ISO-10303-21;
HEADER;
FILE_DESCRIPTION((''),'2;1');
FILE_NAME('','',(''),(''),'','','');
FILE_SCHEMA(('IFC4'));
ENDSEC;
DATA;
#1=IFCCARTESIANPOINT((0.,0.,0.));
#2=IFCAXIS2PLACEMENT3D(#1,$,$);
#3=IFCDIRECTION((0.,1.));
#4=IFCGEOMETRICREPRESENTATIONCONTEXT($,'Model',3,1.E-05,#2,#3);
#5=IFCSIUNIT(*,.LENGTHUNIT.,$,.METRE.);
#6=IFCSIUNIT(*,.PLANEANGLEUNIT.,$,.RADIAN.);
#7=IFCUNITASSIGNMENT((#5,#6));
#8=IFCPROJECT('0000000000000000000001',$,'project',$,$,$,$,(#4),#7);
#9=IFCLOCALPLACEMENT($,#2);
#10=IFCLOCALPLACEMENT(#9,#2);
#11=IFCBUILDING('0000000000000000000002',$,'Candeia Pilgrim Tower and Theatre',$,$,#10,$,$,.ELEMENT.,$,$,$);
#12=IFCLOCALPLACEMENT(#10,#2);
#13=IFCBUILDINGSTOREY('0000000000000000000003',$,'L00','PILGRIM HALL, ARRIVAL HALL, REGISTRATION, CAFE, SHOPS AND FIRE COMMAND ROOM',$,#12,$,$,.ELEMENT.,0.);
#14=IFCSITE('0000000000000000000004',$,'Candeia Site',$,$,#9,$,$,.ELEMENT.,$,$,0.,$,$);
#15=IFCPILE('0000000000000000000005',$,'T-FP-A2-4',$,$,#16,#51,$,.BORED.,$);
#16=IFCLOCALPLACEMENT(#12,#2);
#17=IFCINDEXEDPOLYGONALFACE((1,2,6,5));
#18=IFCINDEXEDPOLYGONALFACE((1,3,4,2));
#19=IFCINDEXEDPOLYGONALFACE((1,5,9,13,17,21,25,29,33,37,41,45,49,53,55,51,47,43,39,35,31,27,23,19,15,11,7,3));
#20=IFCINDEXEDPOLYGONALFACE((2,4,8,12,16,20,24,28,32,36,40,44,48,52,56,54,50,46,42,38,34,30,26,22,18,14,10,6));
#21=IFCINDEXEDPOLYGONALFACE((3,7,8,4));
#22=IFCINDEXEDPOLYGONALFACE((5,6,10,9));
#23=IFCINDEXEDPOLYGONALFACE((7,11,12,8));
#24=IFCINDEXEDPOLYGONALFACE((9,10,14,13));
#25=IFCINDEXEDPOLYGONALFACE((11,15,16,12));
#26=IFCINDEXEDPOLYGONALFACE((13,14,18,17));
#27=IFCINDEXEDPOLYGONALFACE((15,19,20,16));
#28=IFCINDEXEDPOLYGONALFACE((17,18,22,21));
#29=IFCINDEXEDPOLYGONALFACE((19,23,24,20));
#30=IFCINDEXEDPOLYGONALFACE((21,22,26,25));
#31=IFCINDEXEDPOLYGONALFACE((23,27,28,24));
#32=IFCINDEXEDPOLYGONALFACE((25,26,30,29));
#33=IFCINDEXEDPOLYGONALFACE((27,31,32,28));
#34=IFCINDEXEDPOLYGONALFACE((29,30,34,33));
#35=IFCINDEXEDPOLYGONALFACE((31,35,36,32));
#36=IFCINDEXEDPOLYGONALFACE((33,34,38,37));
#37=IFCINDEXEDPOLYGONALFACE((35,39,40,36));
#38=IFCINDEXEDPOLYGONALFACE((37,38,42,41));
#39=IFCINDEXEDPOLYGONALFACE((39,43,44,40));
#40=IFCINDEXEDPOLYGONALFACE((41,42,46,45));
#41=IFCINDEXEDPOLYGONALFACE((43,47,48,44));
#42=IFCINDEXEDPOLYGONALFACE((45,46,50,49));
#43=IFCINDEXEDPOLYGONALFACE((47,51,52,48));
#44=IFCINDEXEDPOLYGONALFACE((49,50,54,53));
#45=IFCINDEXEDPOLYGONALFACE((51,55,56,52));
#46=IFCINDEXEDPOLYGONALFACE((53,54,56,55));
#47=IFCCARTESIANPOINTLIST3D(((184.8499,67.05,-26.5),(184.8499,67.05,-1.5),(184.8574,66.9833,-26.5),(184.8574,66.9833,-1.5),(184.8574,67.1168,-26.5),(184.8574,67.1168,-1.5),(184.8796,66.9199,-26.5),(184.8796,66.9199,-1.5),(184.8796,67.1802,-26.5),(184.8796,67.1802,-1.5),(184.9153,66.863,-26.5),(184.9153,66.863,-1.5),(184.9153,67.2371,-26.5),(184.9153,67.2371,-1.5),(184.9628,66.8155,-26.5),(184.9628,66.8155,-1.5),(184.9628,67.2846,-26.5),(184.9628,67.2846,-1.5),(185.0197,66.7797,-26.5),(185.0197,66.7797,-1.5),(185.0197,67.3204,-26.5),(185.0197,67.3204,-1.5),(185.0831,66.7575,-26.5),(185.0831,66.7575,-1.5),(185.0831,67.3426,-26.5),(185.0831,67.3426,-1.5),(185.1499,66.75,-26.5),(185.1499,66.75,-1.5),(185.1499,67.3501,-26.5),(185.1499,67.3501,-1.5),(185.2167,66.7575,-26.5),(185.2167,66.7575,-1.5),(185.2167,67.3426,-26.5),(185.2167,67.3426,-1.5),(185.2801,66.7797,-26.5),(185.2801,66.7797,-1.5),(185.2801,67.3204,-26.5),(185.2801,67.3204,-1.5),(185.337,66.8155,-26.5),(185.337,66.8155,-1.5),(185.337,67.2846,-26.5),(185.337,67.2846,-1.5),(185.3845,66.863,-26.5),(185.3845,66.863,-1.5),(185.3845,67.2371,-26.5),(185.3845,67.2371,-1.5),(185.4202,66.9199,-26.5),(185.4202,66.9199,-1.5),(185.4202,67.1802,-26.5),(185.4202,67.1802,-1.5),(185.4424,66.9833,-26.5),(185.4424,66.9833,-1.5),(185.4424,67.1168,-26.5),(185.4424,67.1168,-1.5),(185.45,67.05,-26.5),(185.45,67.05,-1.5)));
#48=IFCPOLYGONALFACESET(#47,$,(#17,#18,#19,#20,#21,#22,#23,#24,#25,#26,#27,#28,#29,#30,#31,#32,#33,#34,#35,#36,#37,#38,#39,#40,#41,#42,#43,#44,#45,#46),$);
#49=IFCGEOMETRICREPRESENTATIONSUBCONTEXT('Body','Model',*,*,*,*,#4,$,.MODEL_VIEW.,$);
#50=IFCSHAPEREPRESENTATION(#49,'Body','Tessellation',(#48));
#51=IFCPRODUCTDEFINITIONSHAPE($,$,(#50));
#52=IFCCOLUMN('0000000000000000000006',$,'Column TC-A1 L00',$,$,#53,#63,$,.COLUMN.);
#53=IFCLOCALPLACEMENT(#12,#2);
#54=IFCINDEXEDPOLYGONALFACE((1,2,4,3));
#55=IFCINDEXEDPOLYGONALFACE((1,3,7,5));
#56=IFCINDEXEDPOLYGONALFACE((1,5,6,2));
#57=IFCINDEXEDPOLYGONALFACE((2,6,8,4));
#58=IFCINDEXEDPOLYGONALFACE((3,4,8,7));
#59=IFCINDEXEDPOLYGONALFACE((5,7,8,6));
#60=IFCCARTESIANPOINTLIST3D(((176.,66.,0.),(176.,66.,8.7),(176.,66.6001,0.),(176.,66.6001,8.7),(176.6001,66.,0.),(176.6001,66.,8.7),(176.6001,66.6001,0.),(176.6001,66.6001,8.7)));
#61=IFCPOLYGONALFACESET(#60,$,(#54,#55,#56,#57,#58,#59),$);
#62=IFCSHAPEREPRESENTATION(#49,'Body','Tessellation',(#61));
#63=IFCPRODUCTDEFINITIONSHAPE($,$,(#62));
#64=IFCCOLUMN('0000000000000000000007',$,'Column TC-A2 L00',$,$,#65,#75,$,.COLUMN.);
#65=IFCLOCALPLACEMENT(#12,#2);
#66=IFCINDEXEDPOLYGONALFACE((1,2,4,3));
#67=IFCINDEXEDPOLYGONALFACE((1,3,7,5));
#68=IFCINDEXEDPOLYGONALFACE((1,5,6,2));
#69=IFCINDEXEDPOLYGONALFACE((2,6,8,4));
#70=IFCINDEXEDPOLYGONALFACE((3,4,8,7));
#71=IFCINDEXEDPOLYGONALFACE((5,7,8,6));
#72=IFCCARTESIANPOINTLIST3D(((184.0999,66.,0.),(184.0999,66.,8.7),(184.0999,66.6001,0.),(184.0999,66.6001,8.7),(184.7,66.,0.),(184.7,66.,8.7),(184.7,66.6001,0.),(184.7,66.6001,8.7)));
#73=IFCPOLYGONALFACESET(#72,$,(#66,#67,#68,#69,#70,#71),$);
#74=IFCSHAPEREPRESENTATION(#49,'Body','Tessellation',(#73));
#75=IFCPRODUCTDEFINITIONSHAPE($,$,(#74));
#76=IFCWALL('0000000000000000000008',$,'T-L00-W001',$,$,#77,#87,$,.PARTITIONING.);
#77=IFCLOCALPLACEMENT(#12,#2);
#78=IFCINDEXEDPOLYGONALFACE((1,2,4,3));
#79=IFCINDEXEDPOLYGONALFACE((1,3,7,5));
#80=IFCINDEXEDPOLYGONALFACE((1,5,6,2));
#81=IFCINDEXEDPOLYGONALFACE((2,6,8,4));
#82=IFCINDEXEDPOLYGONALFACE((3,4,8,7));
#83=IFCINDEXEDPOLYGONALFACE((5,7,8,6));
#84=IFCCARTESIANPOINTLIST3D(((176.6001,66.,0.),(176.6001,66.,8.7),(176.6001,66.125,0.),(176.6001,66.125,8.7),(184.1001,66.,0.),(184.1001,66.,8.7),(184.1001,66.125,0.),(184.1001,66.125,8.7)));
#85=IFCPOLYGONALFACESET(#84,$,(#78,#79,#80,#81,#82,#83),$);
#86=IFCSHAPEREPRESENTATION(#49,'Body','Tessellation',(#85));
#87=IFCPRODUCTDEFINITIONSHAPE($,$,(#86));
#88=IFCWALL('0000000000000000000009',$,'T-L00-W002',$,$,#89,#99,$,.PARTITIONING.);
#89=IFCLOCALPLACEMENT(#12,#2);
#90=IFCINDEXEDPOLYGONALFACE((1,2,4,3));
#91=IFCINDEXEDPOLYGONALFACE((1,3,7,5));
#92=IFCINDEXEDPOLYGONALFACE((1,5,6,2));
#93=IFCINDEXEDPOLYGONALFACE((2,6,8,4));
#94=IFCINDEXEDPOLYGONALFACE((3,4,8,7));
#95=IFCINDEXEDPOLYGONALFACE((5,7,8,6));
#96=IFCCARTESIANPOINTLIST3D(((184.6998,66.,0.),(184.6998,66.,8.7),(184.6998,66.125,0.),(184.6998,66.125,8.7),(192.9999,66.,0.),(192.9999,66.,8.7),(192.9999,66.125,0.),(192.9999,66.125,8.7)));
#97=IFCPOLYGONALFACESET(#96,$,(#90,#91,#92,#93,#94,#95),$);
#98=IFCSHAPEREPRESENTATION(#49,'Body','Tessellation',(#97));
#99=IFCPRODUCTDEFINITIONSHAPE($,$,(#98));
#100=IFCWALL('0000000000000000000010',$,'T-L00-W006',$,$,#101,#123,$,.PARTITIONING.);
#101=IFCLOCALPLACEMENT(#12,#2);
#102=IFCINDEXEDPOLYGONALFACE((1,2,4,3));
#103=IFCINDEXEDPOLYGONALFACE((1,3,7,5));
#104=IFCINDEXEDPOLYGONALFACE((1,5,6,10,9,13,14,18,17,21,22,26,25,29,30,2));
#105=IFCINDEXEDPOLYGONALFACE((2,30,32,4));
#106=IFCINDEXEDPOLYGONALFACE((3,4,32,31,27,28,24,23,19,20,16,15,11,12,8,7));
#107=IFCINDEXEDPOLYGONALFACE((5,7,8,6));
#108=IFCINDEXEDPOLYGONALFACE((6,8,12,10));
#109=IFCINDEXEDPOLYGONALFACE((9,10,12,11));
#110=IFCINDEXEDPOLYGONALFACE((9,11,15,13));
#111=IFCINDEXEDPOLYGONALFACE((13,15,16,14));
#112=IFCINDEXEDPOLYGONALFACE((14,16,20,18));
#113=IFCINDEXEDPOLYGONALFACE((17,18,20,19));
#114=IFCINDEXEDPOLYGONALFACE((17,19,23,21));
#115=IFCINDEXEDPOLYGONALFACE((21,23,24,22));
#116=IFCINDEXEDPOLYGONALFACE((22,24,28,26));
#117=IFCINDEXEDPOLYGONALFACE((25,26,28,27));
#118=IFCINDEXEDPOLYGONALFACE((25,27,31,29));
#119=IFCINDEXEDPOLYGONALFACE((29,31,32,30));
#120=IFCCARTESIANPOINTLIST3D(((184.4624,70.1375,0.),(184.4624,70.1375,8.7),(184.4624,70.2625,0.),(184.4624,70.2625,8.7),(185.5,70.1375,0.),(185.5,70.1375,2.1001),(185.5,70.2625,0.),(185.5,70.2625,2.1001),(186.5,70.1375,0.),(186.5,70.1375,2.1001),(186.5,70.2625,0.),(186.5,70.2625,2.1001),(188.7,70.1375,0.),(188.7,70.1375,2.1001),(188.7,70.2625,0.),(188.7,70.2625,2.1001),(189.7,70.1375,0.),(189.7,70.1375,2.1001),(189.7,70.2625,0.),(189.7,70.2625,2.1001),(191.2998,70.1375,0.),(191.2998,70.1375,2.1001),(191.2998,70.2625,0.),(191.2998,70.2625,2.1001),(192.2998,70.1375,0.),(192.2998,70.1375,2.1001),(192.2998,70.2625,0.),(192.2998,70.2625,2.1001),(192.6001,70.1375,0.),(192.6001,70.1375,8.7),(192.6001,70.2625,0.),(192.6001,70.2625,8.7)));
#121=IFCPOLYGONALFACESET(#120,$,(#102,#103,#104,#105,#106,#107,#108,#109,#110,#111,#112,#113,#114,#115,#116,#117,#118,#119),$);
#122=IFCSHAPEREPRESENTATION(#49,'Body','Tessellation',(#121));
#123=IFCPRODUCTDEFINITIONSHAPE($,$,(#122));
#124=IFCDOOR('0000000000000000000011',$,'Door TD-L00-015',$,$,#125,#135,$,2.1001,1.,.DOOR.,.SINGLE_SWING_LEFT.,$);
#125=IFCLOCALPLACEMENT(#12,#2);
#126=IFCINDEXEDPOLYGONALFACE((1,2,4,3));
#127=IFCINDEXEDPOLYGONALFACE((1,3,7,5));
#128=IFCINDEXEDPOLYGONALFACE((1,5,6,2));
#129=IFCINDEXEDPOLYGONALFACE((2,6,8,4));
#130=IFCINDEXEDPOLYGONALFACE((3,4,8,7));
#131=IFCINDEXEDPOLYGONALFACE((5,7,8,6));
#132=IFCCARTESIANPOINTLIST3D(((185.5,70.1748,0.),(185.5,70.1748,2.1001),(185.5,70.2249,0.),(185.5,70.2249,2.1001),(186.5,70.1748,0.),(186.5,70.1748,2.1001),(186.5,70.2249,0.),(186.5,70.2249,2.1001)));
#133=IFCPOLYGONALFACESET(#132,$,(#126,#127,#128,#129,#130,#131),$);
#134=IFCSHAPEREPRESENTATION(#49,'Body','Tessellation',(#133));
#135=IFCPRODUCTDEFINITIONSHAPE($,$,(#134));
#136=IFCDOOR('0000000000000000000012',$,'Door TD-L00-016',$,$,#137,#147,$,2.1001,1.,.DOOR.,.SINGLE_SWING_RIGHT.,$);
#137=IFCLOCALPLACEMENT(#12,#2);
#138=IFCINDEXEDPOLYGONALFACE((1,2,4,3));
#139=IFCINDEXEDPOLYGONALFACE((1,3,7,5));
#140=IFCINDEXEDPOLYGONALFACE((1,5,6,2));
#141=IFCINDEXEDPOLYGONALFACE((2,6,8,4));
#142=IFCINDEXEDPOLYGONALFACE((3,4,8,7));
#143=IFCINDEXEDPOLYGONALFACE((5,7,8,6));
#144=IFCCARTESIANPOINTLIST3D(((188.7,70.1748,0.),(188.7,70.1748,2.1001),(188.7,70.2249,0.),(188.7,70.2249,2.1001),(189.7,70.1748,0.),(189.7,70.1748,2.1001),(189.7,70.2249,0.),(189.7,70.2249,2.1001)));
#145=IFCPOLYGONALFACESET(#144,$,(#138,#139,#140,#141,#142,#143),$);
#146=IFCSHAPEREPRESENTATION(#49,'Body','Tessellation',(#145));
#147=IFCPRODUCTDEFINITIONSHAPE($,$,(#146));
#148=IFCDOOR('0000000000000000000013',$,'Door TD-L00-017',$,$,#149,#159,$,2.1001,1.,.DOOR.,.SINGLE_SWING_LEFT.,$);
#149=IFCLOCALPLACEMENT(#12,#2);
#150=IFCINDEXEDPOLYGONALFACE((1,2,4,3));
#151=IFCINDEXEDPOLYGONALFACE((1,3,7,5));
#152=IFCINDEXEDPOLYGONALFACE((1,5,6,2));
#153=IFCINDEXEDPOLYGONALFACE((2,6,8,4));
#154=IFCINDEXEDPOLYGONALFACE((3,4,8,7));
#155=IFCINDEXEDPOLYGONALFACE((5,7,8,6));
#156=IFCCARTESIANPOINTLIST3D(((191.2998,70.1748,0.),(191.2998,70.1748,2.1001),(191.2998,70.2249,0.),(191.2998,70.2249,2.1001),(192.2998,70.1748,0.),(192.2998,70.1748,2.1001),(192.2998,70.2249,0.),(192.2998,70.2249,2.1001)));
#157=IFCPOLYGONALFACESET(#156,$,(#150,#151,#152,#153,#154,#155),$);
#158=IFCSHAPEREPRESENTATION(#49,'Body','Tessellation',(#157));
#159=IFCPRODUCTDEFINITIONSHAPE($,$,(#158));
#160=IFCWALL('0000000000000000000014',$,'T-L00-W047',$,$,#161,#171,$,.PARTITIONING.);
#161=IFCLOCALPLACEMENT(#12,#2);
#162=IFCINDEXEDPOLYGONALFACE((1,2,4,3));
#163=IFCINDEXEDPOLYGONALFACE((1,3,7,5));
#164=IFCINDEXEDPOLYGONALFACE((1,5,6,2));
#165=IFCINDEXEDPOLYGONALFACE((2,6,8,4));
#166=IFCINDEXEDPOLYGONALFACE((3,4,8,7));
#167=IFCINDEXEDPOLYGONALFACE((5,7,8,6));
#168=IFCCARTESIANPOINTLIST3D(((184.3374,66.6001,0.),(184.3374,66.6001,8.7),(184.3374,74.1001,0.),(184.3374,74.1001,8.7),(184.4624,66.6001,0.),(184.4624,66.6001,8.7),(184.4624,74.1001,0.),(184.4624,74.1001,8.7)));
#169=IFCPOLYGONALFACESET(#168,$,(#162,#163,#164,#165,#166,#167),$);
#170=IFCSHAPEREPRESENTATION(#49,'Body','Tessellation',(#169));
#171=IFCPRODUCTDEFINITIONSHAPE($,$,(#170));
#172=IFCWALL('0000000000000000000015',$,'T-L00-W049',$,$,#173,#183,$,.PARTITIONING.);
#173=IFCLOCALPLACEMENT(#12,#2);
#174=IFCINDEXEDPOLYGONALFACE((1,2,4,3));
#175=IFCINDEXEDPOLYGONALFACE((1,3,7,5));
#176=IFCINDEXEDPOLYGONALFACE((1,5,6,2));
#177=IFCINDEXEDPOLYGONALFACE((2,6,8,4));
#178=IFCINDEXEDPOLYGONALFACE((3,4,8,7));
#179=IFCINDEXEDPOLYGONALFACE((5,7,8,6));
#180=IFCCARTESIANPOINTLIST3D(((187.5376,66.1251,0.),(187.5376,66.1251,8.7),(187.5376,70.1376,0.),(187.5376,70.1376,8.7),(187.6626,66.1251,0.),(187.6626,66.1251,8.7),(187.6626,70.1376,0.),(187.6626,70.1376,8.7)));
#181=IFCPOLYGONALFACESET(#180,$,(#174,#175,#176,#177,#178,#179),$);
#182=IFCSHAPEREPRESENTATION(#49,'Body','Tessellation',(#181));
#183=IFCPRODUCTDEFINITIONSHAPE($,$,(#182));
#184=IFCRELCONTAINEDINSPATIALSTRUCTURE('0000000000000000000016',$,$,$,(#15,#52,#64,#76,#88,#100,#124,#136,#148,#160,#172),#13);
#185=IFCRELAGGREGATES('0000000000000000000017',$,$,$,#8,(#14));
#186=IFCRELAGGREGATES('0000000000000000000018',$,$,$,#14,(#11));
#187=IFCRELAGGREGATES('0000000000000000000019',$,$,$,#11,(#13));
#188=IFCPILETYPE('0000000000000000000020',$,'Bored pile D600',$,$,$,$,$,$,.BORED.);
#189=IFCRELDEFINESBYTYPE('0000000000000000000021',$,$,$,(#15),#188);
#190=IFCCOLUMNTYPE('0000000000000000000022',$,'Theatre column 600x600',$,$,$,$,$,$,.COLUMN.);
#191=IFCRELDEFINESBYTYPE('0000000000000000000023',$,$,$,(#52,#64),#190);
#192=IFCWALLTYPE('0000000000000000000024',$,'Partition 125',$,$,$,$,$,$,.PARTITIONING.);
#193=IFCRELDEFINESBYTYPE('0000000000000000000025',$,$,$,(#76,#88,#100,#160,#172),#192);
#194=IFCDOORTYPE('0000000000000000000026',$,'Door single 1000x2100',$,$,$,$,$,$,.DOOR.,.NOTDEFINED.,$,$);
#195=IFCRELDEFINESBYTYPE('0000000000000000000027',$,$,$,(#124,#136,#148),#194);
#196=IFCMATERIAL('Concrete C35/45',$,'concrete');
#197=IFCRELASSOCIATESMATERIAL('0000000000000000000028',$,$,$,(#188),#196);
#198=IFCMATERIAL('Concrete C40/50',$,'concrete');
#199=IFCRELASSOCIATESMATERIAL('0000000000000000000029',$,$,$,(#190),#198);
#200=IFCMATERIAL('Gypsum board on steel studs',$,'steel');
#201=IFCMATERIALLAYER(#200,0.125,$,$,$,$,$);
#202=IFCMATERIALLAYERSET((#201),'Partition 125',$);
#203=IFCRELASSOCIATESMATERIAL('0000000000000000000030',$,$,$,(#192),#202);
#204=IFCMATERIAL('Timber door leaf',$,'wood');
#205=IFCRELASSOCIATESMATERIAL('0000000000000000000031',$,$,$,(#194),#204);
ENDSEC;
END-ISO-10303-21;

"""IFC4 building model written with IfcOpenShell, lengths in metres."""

from ifc_helpers import new_model, si_unit, direction, frame, frame_2d, origin, origin_2d, place, context, subcontext, project, spatial, rectangle, circle, extrude, material, layer, layer_set, material_profile, profile_set, type_object, element, fill, save


model = new_model("IFC4")

# Units and contexts
model_context = context("Model", 3, precision=1e-05, world=origin(), true_north=direction((0.0, 1.0)))
body_context = subcontext(model_context, "Body", "Model", "MODEL_VIEW")
ifc_project = project(units=[si_unit("LENGTHUNIT", "METRE"), si_unit("PLANEANGLEUNIT", "RADIAN")], contexts=[model_context])

# Site, building, storey
site_placement = place(None, origin())
site = spatial("IfcSite", under=ifc_project, at=site_placement, Name="Candeia Site", CompositionType="ELEMENT", RefElevation=0.0)
building_placement = place(site_placement, origin())
building = spatial("IfcBuilding", under=site, at=building_placement, Name="Candeia Pilgrim Tower and Theatre", CompositionType="ELEMENT")
storey_placement = place(building_placement, origin())
storey = spatial("IfcBuildingStorey", under=building, at=storey_placement, Name="L00", Description="PILGRIM HALL, ARRIVAL HALL, REGISTRATION, CAFE, SHOPS AND FIRE COMMAND ROOM", CompositionType="ELEMENT", Elevation=0.0)

# Pile
ifc_material_1 = material(Name="Concrete C35/45", Category="concrete")
pile_type = type_object("IfcPileType", Name="Bored pile D600", PredefinedType="BORED", material=ifc_material_1)
for number, where, z_axis, x_axis, name in (
    (1, (185.1499, 67.05, -1.5), (0.0, 0.0, -1.0), (1.0, 0.0, 0.0), "T-FP-A2-4"),
):
    element("IfcPile", number, at=place(storey_placement, frame(where, z_axis=z_axis, x_axis=x_axis)), inside=storey, type_object=pile_type, Name=name, PredefinedType="BORED", context=body_context, shape_type="SweptSolid", body=[
        extrude(circle(Radius=0.3, at=origin_2d()), origin(), (0.0, 0.0, 1.0), 25.0),
    ])

# Columns
ifc_material_2 = material(Name="Concrete C40/50", Category="concrete")
ifc_material_profile = material_profile(ifc_material_2, rectangle(XDim=0.6001, YDim=0.6001, at=origin_2d()))
ifc_profile_set = profile_set([ifc_material_profile], Name="Concrete C40/50")
column_type = type_object("IfcColumnType", Name="Theatre column 600x600", PredefinedType="COLUMN", material=ifc_profile_set)
for number, where, z_axis, x_axis, name in (
    (2, (176.3, 66.3, 0.0), (0.0, 0.0, 1.0), (1.0, 0.0, 0.0), "Column TC-A1 L00"),
    (3, (184.3999, 66.3, 0.0), (0.0, 0.0, 1.0), (1.0, 0.0, 0.0), "Column TC-A2 L00"),
):
    element("IfcColumn", number, at=place(storey_placement, frame(where, z_axis=z_axis, x_axis=x_axis)), inside=storey, type_object=column_type, Name=name, PredefinedType="COLUMN", context=body_context, shape_type="SweptSolid", body=[
        extrude(rectangle(XDim=0.6001, YDim=0.6001, at=origin_2d()), origin(), (0.0, 0.0, 1.0), 8.7),
    ])

# Walls
ifc_material_3 = material(Name="Gypsum board on steel studs", Category="steel")
ifc_layer = layer(ifc_material_3, 0.125)
ifc_layer_set = layer_set([ifc_layer], Name="Partition 125")
wall_type = type_object("IfcWallType", Name="Partition 125", PredefinedType="PARTITIONING", material=ifc_layer_set)
wall_1_placement = place(storey_placement, frame((176.6001, 66.0625, 0.0), z_axis=(0.0, 0.0, 1.0), x_axis=(1.0, 0.0, 0.0)))
element("IfcWall", 4, at=wall_1_placement, inside=storey, type_object=wall_type, Name="T-L00-W001", PredefinedType="PARTITIONING", context=body_context, shape_type="SweptSolid", body=[
    extrude(rectangle(XDim=7.5, YDim=0.125, at=frame_2d((3.75, 0.0))), origin(), (0.0, 0.0, 1.0), 8.7),
])
wall_2_placement = place(storey_placement, frame((184.7, 66.0625, 0.0), z_axis=(0.0, 0.0, 1.0), x_axis=(1.0, 0.0, 0.0)))
element("IfcWall", 5, at=wall_2_placement, inside=storey, type_object=wall_type, Name="T-L00-W002", PredefinedType="PARTITIONING", context=body_context, shape_type="SweptSolid", body=[
    extrude(rectangle(XDim=8.3, YDim=0.125, at=frame_2d((4.1499, 0.0))), origin(), (0.0, 0.0, 1.0), 8.7),
])

# Wall, openings, doors
wall_3_placement = place(storey_placement, frame((184.4624, 70.2, 0.0), z_axis=(0.0, 0.0, 1.0), x_axis=(1.0, 0.0, 0.0)))
wall_3 = element("IfcWall", 6, at=wall_3_placement, inside=storey, type_object=wall_type, Name="T-L00-W006", PredefinedType="PARTITIONING", context=body_context, shape_type="SweptSolid", body=[
    extrude(rectangle(XDim=8.1377, YDim=0.125, at=frame_2d((4.0688, 0.0))), origin(), (0.0, 0.0, 1.0), 8.7),
])
opening_1_placement = place(wall_3_placement, frame((1.0376, 0.0, 0.0)))
opening_1 = element("IfcOpeningElement", 7, at=opening_1_placement, cuts=wall_3, PredefinedType="OPENING", context=body_context, shape_type="SweptSolid", body=[
    extrude(rectangle(XDim=1.0, YDim=2.1001, at=frame_2d((0.5, 1.05))), frame((0.0, 0.0725, 0.0), z_axis=(0.0, -1.0, 0.0), x_axis=(1.0, 0.0, 0.0)), (0.0, 0.0, 1.0), 0.145),
])
opening_2_placement = place(wall_3_placement, frame((4.2375, 0.0, 0.0)))
opening_2 = element("IfcOpeningElement", 8, at=opening_2_placement, cuts=wall_3, PredefinedType="OPENING", context=body_context, shape_type="SweptSolid", body=[
    extrude(rectangle(XDim=1.0, YDim=2.1001, at=frame_2d((0.5, 1.05))), frame((0.0, 0.0725, 0.0), z_axis=(0.0, -1.0, 0.0), x_axis=(1.0, 0.0, 0.0)), (0.0, 0.0, 1.0), 0.145),
])
opening_3_placement = place(wall_3_placement, frame((6.8374, 0.0, 0.0)))
opening_3 = element("IfcOpeningElement", 9, at=opening_3_placement, cuts=wall_3, PredefinedType="OPENING", context=body_context, shape_type="SweptSolid", body=[
    extrude(rectangle(XDim=1.0, YDim=2.1001, at=frame_2d((0.5, 1.05))), frame((0.0, 0.0725, 0.0), z_axis=(0.0, -1.0, 0.0), x_axis=(1.0, 0.0, 0.0)), (0.0, 0.0, 1.0), 0.145),
])
ifc_material_4 = material(Name="Timber door leaf", Category="wood")
door_type = type_object("IfcDoorType", Name="Door single 1000x2100", OperationType="NOTDEFINED", PredefinedType="DOOR", material=ifc_material_4)
door_1_placement = place(opening_1_placement, origin())
door_1 = element("IfcDoor", 10, at=door_1_placement, inside=storey, type_object=door_type, Name="Door TD-L00-015", OperationType="SINGLE_SWING_LEFT", OverallHeight=2.1001, OverallWidth=1.0, PredefinedType="DOOR", context=body_context, shape_type="SweptSolid", body=[
    extrude(rectangle(XDim=1.0, YDim=2.1001, at=frame_2d((0.5, 1.05))), frame((0.0, 0.0249, 0.0), z_axis=(0.0, -1.0, 0.0), x_axis=(1.0, 0.0, 0.0)), (0.0, 0.0, 1.0), 0.05),
])
fill(opening_1, door_1)
door_2_placement = place(opening_2_placement, origin())
door_2 = element("IfcDoor", 11, at=door_2_placement, inside=storey, type_object=door_type, Name="Door TD-L00-016", OperationType="SINGLE_SWING_RIGHT", OverallHeight=2.1001, OverallWidth=1.0, PredefinedType="DOOR", context=body_context, shape_type="SweptSolid", body=[
    extrude(rectangle(XDim=1.0, YDim=2.1001, at=frame_2d((0.5, 1.05))), frame((0.0, 0.0249, 0.0), z_axis=(0.0, -1.0, 0.0), x_axis=(1.0, 0.0, 0.0)), (0.0, 0.0, 1.0), 0.05),
])
fill(opening_2, door_2)
door_3_placement = place(opening_3_placement, origin())
door_3 = element("IfcDoor", 12, at=door_3_placement, inside=storey, type_object=door_type, Name="Door TD-L00-017", OperationType="SINGLE_SWING_LEFT", OverallHeight=2.1001, OverallWidth=1.0, PredefinedType="DOOR", context=body_context, shape_type="SweptSolid", body=[
    extrude(rectangle(XDim=1.0, YDim=2.1001, at=frame_2d((0.5, 1.05))), frame((0.0, 0.0249, 0.0), z_axis=(0.0, -1.0, 0.0), x_axis=(1.0, 0.0, 0.0)), (0.0, 0.0, 1.0), 0.05),
])
fill(opening_3, door_3)

# Walls
wall_4_placement = place(storey_placement, frame((184.3999, 66.6001, 0.0), z_axis=(0.0, 0.0, 1.0), x_axis=(0.0, 1.0, 0.0)))
element("IfcWall", 13, at=wall_4_placement, inside=storey, type_object=wall_type, Name="T-L00-W047", PredefinedType="PARTITIONING", context=body_context, shape_type="SweptSolid", body=[
    extrude(rectangle(XDim=7.5, YDim=0.125, at=frame_2d((3.75, 0.0))), origin(), (0.0, 0.0, 1.0), 8.7),
])
for number, where, z_axis, x_axis, name in (
    (14, (187.6001, 66.125, 0.0), (0.0, 0.0, 1.0), (0.0, 1.0, 0.0), "T-L00-W049"),
):
    element("IfcWall", number, at=place(storey_placement, frame(where, z_axis=z_axis, x_axis=x_axis)), inside=storey, type_object=wall_type, Name=name, PredefinedType="PARTITIONING", context=body_context, shape_type="SweptSolid", body=[
        extrude(rectangle(XDim=4.0125, YDim=0.125, at=frame_2d((2.0063, 0.0))), origin(), (0.0, 0.0, 1.0), 8.7),
    ])

save(model, "model.ifc")
